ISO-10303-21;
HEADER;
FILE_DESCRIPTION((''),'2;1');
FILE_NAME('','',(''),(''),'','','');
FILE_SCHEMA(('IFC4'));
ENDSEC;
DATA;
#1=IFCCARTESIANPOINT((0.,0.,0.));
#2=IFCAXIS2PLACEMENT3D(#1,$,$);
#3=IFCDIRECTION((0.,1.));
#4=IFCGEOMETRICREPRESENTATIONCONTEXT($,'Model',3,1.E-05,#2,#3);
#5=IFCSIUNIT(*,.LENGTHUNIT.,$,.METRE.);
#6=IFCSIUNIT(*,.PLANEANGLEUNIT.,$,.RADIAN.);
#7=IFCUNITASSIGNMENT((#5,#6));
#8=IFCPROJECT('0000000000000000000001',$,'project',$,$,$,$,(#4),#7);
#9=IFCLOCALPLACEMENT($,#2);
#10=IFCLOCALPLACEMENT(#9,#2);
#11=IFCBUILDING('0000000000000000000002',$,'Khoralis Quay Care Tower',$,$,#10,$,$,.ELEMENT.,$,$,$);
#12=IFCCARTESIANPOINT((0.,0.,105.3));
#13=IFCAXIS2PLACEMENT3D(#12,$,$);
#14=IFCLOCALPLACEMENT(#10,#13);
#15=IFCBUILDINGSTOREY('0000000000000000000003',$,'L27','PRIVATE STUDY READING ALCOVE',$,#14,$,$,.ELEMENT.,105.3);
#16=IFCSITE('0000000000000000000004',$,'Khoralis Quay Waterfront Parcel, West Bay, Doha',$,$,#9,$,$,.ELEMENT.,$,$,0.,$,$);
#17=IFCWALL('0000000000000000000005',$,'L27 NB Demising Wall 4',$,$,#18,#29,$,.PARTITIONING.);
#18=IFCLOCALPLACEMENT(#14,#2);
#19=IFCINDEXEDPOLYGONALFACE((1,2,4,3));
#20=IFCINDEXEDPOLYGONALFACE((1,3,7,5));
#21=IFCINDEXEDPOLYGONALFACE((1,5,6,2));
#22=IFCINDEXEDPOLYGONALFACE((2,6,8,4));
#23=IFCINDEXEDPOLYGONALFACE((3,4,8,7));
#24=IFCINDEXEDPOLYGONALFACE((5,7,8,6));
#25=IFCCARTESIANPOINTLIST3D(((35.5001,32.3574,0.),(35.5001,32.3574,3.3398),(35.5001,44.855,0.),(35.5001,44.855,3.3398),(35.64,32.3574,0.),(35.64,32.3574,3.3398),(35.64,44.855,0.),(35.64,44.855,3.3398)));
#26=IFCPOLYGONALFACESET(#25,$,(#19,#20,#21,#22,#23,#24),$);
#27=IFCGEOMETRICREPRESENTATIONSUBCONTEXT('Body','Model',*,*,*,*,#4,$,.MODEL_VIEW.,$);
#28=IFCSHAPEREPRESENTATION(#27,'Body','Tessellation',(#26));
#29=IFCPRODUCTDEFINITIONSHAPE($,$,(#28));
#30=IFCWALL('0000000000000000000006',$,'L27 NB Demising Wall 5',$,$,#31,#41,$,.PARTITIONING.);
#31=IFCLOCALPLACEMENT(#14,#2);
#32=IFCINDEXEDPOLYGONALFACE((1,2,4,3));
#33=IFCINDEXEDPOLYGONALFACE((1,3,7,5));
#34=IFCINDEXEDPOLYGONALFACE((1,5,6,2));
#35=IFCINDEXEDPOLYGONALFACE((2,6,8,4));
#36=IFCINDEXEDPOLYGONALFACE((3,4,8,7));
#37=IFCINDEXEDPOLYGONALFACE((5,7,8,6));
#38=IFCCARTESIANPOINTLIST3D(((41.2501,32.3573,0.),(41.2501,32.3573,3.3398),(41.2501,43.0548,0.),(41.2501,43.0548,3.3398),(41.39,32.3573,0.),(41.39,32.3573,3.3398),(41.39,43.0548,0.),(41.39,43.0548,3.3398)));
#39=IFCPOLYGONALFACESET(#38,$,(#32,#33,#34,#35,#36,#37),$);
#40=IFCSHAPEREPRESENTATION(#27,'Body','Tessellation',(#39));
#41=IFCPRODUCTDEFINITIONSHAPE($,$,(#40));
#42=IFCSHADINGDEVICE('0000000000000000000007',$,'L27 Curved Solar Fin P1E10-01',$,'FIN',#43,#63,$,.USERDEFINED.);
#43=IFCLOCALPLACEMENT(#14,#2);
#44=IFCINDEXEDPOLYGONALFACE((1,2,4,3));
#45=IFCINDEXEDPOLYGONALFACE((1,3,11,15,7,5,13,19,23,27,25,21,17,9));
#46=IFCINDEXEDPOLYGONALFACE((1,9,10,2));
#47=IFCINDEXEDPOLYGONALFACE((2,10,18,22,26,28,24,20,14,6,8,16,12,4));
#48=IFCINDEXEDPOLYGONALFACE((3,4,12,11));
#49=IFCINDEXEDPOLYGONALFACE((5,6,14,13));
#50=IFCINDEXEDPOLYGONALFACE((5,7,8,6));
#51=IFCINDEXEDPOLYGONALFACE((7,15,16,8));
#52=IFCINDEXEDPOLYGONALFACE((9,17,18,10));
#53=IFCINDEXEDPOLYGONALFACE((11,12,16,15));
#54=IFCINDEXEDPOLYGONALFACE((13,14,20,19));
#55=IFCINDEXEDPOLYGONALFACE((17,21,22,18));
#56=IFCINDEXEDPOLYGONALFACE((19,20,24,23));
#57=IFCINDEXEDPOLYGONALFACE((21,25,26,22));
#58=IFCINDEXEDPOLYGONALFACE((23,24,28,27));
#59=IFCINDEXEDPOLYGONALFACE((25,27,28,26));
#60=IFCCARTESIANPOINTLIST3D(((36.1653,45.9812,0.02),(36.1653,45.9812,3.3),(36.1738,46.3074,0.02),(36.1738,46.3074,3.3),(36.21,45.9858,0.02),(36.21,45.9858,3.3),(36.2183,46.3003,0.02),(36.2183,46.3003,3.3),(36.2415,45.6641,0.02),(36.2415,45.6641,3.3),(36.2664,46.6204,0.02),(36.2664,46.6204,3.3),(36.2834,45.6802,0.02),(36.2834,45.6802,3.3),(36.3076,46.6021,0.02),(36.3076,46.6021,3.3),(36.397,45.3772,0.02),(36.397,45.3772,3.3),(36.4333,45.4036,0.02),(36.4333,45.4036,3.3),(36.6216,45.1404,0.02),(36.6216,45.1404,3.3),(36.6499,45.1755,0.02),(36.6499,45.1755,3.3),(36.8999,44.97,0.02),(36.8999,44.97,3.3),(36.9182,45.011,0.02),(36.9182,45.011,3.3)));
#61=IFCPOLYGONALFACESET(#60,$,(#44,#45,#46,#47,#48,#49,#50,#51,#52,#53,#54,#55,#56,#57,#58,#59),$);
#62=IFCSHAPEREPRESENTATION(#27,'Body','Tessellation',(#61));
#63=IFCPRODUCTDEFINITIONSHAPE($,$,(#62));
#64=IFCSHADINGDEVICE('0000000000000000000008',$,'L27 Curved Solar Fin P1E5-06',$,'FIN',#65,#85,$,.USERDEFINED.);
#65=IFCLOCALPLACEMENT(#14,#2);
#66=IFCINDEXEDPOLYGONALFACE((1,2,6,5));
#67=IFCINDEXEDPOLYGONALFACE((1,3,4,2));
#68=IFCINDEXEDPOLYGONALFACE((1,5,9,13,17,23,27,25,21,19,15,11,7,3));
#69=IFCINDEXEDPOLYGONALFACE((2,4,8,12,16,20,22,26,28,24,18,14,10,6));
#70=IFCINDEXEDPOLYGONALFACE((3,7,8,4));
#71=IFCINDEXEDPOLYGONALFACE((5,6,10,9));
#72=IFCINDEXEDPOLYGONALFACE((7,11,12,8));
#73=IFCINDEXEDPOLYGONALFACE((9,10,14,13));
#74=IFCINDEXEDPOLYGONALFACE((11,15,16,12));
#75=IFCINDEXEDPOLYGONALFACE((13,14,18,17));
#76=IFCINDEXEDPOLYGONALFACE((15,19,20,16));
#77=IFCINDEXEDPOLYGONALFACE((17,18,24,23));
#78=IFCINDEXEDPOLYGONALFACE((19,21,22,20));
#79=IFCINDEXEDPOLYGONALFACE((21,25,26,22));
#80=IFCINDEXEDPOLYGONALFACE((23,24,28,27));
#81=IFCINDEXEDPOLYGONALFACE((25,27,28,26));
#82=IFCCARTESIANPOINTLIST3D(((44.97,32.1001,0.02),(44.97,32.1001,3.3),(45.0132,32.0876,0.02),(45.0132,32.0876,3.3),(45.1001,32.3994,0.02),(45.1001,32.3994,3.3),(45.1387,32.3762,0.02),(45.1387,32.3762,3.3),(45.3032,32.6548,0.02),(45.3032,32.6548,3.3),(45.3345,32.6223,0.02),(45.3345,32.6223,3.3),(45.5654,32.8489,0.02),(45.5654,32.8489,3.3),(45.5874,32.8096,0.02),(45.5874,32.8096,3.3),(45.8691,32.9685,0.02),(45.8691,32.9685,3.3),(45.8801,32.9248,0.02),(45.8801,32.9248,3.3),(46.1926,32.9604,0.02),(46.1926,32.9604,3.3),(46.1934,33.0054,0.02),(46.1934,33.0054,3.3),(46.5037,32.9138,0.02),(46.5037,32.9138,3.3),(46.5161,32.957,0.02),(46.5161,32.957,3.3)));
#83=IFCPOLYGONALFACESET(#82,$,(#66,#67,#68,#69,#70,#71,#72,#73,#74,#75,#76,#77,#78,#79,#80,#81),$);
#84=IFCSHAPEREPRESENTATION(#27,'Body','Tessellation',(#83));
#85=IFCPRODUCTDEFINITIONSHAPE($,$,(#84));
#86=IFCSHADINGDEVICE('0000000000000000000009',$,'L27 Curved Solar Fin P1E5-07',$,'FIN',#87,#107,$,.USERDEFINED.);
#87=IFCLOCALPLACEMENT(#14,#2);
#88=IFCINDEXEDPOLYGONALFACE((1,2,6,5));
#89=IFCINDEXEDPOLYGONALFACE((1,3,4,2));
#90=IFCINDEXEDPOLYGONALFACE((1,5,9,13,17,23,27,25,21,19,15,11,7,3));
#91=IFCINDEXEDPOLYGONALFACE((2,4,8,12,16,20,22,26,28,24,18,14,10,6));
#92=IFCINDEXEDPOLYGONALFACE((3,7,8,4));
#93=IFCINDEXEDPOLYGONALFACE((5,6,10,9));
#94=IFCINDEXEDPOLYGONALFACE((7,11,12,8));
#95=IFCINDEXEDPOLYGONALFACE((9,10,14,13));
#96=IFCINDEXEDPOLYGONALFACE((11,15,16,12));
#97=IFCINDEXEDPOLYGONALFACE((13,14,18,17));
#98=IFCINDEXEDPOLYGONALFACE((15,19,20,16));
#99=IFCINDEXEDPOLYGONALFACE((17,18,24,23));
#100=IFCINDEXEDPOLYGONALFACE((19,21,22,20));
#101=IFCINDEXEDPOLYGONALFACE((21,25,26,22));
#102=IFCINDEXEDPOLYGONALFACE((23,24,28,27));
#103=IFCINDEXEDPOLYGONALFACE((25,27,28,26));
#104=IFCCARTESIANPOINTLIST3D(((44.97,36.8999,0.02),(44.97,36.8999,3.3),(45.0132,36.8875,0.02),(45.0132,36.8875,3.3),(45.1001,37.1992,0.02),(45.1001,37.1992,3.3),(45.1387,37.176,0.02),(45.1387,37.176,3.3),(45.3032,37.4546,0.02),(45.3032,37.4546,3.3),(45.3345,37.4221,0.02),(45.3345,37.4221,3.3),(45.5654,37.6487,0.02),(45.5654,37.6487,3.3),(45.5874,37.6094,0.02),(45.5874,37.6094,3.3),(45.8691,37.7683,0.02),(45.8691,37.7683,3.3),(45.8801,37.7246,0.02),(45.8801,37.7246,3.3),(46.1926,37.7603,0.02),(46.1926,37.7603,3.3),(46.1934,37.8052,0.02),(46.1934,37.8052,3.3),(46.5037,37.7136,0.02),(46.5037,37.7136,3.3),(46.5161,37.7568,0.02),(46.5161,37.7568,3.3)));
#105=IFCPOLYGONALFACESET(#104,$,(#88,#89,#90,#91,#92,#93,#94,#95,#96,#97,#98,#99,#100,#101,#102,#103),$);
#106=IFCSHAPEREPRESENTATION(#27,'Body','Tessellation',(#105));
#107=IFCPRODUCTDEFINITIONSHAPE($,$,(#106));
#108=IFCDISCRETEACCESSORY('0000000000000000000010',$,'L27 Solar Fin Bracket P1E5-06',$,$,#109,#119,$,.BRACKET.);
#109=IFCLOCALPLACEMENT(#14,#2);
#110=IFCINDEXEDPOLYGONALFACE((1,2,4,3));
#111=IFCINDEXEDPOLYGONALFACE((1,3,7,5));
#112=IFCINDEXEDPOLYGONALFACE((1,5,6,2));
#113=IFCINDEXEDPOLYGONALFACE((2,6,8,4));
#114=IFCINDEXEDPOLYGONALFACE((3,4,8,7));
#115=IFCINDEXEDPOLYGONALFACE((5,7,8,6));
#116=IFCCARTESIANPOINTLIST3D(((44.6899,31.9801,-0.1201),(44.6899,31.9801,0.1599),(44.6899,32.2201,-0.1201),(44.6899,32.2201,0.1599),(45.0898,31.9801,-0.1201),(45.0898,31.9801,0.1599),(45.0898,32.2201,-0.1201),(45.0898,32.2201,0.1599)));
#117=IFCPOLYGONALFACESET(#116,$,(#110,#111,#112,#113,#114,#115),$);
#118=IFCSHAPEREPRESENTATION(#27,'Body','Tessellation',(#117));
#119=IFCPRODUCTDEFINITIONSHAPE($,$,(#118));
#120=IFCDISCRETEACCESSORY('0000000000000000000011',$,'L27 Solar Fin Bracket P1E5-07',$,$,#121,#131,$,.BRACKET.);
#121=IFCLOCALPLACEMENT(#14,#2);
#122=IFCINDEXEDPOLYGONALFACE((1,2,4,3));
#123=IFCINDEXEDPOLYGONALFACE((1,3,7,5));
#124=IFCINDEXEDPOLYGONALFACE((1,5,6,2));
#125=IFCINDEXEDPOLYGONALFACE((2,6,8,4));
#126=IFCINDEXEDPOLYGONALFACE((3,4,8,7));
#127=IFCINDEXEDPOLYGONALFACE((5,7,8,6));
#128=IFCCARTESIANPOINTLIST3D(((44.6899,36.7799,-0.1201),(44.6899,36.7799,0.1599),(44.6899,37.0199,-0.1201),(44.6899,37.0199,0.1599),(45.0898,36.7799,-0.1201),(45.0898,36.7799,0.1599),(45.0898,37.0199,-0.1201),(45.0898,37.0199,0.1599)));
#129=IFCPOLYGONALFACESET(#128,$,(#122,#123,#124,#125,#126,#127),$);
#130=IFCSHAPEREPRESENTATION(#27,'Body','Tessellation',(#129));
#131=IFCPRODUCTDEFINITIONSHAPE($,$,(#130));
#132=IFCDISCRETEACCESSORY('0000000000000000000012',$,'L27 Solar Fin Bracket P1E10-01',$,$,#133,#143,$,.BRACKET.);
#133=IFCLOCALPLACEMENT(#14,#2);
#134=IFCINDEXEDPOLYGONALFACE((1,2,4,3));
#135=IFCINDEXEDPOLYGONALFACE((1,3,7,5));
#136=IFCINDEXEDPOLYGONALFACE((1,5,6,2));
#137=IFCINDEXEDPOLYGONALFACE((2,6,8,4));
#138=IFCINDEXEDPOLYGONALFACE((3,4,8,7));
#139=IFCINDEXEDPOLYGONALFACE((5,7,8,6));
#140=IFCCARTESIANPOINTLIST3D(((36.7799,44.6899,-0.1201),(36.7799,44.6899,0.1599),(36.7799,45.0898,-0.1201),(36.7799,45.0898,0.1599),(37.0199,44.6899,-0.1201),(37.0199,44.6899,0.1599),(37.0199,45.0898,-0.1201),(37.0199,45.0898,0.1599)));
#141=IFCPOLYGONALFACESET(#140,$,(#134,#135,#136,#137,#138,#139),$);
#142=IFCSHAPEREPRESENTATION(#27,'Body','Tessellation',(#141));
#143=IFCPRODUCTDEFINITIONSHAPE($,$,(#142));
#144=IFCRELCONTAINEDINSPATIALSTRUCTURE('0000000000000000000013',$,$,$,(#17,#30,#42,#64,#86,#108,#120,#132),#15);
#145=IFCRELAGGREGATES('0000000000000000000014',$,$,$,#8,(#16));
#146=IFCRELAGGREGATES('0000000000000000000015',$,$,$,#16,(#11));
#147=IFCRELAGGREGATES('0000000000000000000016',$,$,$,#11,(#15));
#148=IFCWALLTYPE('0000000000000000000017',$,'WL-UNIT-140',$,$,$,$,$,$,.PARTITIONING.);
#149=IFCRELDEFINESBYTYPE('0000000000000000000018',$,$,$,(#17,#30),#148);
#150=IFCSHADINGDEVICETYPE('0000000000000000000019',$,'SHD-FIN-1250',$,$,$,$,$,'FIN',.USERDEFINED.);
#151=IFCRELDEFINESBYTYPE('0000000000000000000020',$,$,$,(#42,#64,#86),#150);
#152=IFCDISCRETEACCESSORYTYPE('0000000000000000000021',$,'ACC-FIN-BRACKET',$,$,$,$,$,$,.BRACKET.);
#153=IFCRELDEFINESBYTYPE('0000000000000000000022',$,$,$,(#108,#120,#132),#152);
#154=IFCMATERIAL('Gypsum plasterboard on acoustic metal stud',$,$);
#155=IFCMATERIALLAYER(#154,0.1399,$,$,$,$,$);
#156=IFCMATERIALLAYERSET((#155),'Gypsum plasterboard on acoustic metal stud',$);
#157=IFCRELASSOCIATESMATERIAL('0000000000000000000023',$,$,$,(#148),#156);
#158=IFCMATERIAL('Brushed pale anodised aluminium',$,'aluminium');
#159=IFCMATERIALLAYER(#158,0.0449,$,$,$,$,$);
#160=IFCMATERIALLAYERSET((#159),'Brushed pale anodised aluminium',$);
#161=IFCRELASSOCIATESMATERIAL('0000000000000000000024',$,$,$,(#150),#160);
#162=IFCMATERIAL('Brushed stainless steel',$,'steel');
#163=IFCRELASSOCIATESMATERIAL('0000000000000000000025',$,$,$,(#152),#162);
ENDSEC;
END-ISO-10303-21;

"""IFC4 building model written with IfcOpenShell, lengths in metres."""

from ifc_helpers import new_model, si_unit, direction, frame, frame_2d, origin, origin_2d, place, context, subcontext, project, spatial, polyline, rectangle, outline, extrude, source, transform, mapped, material, layer, layer_set, type_object, element, save


model = new_model("IFC4")

# Units and contexts
model_context = context("Model", 3, precision=1e-05, world=origin(), true_north=direction((0.0, 1.0)))
body_context = subcontext(model_context, "Body", "Model", "MODEL_VIEW")
ifc_project = project(units=[si_unit("LENGTHUNIT", "METRE"), si_unit("PLANEANGLEUNIT", "RADIAN")], contexts=[model_context])

# Site, building, storey
site_placement = place(None, origin())
site = spatial("IfcSite", under=ifc_project, at=site_placement, Name="Khoralis Quay Waterfront Parcel, West Bay, Doha", CompositionType="ELEMENT", RefElevation=0.0)
building_placement = place(site_placement, origin())
building = spatial("IfcBuilding", under=site, at=building_placement, Name="Khoralis Quay Care Tower", CompositionType="ELEMENT")
storey_placement = place(building_placement, frame((0.0, 0.0, 105.3)))
storey = spatial("IfcBuildingStorey", under=building, at=storey_placement, Name="L27", Description="PRIVATE STUDY READING ALCOVE", CompositionType="ELEMENT", Elevation=105.3)

# Walls
ifc_material_1 = material(Name="Gypsum plasterboard on acoustic metal stud")
ifc_layer_1 = layer(ifc_material_1, 0.1399)
ifc_layer_set_1 = layer_set([ifc_layer_1], Name="Gypsum plasterboard on acoustic metal stud")
wall_type_1 = type_object("IfcWallType", Name="WL-UNIT-140", PredefinedType="PARTITIONING", material=ifc_layer_set_1)
wall_1_placement = place(storey_placement, frame((35.5701, 32.3574, 0.0), z_axis=(0.0, 0.0, 1.0), x_axis=(0.0, 1.0, 0.0)))
element("IfcWall", 1, at=wall_1_placement, inside=storey, type_object=wall_type_1, Name="L27 NB Demising Wall 4", PredefinedType="PARTITIONING", context=body_context, shape_type="SweptSolid", body=[
    extrude(rectangle(XDim=12.4976, YDim=0.1399, at=frame_2d((6.2488, 0.0))), origin(), (0.0, 0.0, 1.0), 3.3398),
])
wall_2_placement = place(storey_placement, frame((41.3201, 32.3574, 0.0), z_axis=(0.0, 0.0, 1.0), x_axis=(0.0, 1.0, 0.0)))
element("IfcWall", 2, at=wall_2_placement, inside=storey, type_object=wall_type_1, Name="L27 NB Demising Wall 5", PredefinedType="PARTITIONING", context=body_context, shape_type="SweptSolid", body=[
    extrude(rectangle(XDim=10.6975, YDim=0.1399, at=frame_2d((5.3486, 0.0))), origin(), (0.0, 0.0, 1.0), 3.3398),
])

# Shading devices
ifc_material_2 = material(Name="Brushed pale anodised aluminium", Category="aluminium")
ifc_layer_2 = layer(ifc_material_2, 0.0449)
ifc_layer_set_2 = layer_set([ifc_layer_2], Name="Brushed pale anodised aluminium")
shading_device_type = type_object("IfcShadingDeviceType", Name="SHD-FIN-1250", ElementType="FIN", PredefinedType="USERDEFINED", material=ifc_layer_set_2)
shared_shape_1 = source(origin(), body_context, "Body", "SweptSolid", [
    extrude(outline(polyline([(0.0, 0.0), (0.1704, 0.2783), (0.4072, 0.5029), (0.6941, 0.6584), (1.0112, 0.7346), (1.3374, 0.7261), (1.6504, 0.6335), (1.6321, 0.5923), (1.3303, 0.6816), (1.0159, 0.6899), (0.7102, 0.6165), (0.4336, 0.4666), (0.2056, 0.25), (0.041, -0.0183), (0.0, 0.0)])), origin(), (0.0, 0.0, 1.0), 3.28),
])
shading_device_placement = place(storey_placement, frame((36.8999, 44.97, 0.02), z_axis=(0.0, 0.0, 1.0), x_axis=(0.0, 1.0, 0.0)))
element("IfcShadingDevice", 3, at=shading_device_placement, inside=storey, type_object=shading_device_type, Name="L27 Curved Solar Fin P1E10-01", ObjectType="FIN", PredefinedType="USERDEFINED", context=body_context, shape_type="MappedRepresentation", body=[
    mapped(shared_shape_1, transform((0.0, 0.0, 0.0), scale=1.0)),
])
shared_shape_2 = source(origin(), body_context, "Body", "SweptSolid", [
    extrude(outline(polyline([(0.0, 0.0), (0.1301, 0.2993), (0.3333, 0.5547), (0.5955, 0.7488), (0.8992, 0.8684), (1.2234, 0.9053), (1.5461, 0.8569), (1.5337, 0.8137), (1.2227, 0.8604), (0.9102, 0.8247), (0.6174, 0.7095), (0.3645, 0.5222), (0.1687, 0.2761), (0.0432, -0.0125), (0.0, 0.0)])), origin(), (0.0, 0.0, 1.0), 3.28),
])
for number, where, z_axis, x_axis, name in (
    (4, (44.97, 32.1001, 0.02), (0.0, 0.0, 1.0), (1.0, 0.0, 0.0), "L27 Curved Solar Fin P1E5-06"),
    (5, (44.97, 36.8999, 0.02), (0.0, 0.0, 1.0), (1.0, 0.0, 0.0), "L27 Curved Solar Fin P1E5-07"),
):
    element("IfcShadingDevice", number, at=place(storey_placement, frame(where, z_axis=z_axis, x_axis=x_axis)), inside=storey, type_object=shading_device_type, Name=name, ObjectType="FIN", PredefinedType="USERDEFINED", context=body_context, shape_type="MappedRepresentation", body=[
        mapped(shared_shape_2, transform((0.0, 0.0, 0.0), scale=1.0)),
    ])

# Discrete accessories
ifc_material_3 = material(Name="Brushed stainless steel", Category="steel")
discrete_accessory_type = type_object("IfcDiscreteAccessoryType", Name="ACC-FIN-BRACKET", PredefinedType="BRACKET", material=ifc_material_3)
shared_shape_3 = source(origin(), body_context, "Body", "SweptSolid", [
    extrude(rectangle(XDim=0.3999, YDim=0.24, at=origin_2d()), origin(), (0.0, 0.0, 1.0), 0.28),
])
for number, where, z_axis, x_axis, name in (
    (6, (44.8899, 32.1001, -0.1201), (0.0, 0.0, 1.0), (1.0, 0.0, 0.0), "L27 Solar Fin Bracket P1E5-06"),
    (7, (44.8899, 36.8999, -0.1201), (0.0, 0.0, 1.0), (1.0, 0.0, 0.0), "L27 Solar Fin Bracket P1E5-07"),
    (8, (36.8999, 44.8899, -0.1201), (0.0, 0.0, 1.0), (0.0, 1.0, 0.0), "L27 Solar Fin Bracket P1E10-01"),
):
    element("IfcDiscreteAccessory", number, at=place(storey_placement, frame(where, z_axis=z_axis, x_axis=x_axis)), inside=storey, type_object=discrete_accessory_type, Name=name, PredefinedType="BRACKET", context=body_context, shape_type="MappedRepresentation", body=[
        mapped(shared_shape_3, transform((0.0, 0.0, 0.0), scale=1.0)),
    ])

save(model, "model.ifc")
